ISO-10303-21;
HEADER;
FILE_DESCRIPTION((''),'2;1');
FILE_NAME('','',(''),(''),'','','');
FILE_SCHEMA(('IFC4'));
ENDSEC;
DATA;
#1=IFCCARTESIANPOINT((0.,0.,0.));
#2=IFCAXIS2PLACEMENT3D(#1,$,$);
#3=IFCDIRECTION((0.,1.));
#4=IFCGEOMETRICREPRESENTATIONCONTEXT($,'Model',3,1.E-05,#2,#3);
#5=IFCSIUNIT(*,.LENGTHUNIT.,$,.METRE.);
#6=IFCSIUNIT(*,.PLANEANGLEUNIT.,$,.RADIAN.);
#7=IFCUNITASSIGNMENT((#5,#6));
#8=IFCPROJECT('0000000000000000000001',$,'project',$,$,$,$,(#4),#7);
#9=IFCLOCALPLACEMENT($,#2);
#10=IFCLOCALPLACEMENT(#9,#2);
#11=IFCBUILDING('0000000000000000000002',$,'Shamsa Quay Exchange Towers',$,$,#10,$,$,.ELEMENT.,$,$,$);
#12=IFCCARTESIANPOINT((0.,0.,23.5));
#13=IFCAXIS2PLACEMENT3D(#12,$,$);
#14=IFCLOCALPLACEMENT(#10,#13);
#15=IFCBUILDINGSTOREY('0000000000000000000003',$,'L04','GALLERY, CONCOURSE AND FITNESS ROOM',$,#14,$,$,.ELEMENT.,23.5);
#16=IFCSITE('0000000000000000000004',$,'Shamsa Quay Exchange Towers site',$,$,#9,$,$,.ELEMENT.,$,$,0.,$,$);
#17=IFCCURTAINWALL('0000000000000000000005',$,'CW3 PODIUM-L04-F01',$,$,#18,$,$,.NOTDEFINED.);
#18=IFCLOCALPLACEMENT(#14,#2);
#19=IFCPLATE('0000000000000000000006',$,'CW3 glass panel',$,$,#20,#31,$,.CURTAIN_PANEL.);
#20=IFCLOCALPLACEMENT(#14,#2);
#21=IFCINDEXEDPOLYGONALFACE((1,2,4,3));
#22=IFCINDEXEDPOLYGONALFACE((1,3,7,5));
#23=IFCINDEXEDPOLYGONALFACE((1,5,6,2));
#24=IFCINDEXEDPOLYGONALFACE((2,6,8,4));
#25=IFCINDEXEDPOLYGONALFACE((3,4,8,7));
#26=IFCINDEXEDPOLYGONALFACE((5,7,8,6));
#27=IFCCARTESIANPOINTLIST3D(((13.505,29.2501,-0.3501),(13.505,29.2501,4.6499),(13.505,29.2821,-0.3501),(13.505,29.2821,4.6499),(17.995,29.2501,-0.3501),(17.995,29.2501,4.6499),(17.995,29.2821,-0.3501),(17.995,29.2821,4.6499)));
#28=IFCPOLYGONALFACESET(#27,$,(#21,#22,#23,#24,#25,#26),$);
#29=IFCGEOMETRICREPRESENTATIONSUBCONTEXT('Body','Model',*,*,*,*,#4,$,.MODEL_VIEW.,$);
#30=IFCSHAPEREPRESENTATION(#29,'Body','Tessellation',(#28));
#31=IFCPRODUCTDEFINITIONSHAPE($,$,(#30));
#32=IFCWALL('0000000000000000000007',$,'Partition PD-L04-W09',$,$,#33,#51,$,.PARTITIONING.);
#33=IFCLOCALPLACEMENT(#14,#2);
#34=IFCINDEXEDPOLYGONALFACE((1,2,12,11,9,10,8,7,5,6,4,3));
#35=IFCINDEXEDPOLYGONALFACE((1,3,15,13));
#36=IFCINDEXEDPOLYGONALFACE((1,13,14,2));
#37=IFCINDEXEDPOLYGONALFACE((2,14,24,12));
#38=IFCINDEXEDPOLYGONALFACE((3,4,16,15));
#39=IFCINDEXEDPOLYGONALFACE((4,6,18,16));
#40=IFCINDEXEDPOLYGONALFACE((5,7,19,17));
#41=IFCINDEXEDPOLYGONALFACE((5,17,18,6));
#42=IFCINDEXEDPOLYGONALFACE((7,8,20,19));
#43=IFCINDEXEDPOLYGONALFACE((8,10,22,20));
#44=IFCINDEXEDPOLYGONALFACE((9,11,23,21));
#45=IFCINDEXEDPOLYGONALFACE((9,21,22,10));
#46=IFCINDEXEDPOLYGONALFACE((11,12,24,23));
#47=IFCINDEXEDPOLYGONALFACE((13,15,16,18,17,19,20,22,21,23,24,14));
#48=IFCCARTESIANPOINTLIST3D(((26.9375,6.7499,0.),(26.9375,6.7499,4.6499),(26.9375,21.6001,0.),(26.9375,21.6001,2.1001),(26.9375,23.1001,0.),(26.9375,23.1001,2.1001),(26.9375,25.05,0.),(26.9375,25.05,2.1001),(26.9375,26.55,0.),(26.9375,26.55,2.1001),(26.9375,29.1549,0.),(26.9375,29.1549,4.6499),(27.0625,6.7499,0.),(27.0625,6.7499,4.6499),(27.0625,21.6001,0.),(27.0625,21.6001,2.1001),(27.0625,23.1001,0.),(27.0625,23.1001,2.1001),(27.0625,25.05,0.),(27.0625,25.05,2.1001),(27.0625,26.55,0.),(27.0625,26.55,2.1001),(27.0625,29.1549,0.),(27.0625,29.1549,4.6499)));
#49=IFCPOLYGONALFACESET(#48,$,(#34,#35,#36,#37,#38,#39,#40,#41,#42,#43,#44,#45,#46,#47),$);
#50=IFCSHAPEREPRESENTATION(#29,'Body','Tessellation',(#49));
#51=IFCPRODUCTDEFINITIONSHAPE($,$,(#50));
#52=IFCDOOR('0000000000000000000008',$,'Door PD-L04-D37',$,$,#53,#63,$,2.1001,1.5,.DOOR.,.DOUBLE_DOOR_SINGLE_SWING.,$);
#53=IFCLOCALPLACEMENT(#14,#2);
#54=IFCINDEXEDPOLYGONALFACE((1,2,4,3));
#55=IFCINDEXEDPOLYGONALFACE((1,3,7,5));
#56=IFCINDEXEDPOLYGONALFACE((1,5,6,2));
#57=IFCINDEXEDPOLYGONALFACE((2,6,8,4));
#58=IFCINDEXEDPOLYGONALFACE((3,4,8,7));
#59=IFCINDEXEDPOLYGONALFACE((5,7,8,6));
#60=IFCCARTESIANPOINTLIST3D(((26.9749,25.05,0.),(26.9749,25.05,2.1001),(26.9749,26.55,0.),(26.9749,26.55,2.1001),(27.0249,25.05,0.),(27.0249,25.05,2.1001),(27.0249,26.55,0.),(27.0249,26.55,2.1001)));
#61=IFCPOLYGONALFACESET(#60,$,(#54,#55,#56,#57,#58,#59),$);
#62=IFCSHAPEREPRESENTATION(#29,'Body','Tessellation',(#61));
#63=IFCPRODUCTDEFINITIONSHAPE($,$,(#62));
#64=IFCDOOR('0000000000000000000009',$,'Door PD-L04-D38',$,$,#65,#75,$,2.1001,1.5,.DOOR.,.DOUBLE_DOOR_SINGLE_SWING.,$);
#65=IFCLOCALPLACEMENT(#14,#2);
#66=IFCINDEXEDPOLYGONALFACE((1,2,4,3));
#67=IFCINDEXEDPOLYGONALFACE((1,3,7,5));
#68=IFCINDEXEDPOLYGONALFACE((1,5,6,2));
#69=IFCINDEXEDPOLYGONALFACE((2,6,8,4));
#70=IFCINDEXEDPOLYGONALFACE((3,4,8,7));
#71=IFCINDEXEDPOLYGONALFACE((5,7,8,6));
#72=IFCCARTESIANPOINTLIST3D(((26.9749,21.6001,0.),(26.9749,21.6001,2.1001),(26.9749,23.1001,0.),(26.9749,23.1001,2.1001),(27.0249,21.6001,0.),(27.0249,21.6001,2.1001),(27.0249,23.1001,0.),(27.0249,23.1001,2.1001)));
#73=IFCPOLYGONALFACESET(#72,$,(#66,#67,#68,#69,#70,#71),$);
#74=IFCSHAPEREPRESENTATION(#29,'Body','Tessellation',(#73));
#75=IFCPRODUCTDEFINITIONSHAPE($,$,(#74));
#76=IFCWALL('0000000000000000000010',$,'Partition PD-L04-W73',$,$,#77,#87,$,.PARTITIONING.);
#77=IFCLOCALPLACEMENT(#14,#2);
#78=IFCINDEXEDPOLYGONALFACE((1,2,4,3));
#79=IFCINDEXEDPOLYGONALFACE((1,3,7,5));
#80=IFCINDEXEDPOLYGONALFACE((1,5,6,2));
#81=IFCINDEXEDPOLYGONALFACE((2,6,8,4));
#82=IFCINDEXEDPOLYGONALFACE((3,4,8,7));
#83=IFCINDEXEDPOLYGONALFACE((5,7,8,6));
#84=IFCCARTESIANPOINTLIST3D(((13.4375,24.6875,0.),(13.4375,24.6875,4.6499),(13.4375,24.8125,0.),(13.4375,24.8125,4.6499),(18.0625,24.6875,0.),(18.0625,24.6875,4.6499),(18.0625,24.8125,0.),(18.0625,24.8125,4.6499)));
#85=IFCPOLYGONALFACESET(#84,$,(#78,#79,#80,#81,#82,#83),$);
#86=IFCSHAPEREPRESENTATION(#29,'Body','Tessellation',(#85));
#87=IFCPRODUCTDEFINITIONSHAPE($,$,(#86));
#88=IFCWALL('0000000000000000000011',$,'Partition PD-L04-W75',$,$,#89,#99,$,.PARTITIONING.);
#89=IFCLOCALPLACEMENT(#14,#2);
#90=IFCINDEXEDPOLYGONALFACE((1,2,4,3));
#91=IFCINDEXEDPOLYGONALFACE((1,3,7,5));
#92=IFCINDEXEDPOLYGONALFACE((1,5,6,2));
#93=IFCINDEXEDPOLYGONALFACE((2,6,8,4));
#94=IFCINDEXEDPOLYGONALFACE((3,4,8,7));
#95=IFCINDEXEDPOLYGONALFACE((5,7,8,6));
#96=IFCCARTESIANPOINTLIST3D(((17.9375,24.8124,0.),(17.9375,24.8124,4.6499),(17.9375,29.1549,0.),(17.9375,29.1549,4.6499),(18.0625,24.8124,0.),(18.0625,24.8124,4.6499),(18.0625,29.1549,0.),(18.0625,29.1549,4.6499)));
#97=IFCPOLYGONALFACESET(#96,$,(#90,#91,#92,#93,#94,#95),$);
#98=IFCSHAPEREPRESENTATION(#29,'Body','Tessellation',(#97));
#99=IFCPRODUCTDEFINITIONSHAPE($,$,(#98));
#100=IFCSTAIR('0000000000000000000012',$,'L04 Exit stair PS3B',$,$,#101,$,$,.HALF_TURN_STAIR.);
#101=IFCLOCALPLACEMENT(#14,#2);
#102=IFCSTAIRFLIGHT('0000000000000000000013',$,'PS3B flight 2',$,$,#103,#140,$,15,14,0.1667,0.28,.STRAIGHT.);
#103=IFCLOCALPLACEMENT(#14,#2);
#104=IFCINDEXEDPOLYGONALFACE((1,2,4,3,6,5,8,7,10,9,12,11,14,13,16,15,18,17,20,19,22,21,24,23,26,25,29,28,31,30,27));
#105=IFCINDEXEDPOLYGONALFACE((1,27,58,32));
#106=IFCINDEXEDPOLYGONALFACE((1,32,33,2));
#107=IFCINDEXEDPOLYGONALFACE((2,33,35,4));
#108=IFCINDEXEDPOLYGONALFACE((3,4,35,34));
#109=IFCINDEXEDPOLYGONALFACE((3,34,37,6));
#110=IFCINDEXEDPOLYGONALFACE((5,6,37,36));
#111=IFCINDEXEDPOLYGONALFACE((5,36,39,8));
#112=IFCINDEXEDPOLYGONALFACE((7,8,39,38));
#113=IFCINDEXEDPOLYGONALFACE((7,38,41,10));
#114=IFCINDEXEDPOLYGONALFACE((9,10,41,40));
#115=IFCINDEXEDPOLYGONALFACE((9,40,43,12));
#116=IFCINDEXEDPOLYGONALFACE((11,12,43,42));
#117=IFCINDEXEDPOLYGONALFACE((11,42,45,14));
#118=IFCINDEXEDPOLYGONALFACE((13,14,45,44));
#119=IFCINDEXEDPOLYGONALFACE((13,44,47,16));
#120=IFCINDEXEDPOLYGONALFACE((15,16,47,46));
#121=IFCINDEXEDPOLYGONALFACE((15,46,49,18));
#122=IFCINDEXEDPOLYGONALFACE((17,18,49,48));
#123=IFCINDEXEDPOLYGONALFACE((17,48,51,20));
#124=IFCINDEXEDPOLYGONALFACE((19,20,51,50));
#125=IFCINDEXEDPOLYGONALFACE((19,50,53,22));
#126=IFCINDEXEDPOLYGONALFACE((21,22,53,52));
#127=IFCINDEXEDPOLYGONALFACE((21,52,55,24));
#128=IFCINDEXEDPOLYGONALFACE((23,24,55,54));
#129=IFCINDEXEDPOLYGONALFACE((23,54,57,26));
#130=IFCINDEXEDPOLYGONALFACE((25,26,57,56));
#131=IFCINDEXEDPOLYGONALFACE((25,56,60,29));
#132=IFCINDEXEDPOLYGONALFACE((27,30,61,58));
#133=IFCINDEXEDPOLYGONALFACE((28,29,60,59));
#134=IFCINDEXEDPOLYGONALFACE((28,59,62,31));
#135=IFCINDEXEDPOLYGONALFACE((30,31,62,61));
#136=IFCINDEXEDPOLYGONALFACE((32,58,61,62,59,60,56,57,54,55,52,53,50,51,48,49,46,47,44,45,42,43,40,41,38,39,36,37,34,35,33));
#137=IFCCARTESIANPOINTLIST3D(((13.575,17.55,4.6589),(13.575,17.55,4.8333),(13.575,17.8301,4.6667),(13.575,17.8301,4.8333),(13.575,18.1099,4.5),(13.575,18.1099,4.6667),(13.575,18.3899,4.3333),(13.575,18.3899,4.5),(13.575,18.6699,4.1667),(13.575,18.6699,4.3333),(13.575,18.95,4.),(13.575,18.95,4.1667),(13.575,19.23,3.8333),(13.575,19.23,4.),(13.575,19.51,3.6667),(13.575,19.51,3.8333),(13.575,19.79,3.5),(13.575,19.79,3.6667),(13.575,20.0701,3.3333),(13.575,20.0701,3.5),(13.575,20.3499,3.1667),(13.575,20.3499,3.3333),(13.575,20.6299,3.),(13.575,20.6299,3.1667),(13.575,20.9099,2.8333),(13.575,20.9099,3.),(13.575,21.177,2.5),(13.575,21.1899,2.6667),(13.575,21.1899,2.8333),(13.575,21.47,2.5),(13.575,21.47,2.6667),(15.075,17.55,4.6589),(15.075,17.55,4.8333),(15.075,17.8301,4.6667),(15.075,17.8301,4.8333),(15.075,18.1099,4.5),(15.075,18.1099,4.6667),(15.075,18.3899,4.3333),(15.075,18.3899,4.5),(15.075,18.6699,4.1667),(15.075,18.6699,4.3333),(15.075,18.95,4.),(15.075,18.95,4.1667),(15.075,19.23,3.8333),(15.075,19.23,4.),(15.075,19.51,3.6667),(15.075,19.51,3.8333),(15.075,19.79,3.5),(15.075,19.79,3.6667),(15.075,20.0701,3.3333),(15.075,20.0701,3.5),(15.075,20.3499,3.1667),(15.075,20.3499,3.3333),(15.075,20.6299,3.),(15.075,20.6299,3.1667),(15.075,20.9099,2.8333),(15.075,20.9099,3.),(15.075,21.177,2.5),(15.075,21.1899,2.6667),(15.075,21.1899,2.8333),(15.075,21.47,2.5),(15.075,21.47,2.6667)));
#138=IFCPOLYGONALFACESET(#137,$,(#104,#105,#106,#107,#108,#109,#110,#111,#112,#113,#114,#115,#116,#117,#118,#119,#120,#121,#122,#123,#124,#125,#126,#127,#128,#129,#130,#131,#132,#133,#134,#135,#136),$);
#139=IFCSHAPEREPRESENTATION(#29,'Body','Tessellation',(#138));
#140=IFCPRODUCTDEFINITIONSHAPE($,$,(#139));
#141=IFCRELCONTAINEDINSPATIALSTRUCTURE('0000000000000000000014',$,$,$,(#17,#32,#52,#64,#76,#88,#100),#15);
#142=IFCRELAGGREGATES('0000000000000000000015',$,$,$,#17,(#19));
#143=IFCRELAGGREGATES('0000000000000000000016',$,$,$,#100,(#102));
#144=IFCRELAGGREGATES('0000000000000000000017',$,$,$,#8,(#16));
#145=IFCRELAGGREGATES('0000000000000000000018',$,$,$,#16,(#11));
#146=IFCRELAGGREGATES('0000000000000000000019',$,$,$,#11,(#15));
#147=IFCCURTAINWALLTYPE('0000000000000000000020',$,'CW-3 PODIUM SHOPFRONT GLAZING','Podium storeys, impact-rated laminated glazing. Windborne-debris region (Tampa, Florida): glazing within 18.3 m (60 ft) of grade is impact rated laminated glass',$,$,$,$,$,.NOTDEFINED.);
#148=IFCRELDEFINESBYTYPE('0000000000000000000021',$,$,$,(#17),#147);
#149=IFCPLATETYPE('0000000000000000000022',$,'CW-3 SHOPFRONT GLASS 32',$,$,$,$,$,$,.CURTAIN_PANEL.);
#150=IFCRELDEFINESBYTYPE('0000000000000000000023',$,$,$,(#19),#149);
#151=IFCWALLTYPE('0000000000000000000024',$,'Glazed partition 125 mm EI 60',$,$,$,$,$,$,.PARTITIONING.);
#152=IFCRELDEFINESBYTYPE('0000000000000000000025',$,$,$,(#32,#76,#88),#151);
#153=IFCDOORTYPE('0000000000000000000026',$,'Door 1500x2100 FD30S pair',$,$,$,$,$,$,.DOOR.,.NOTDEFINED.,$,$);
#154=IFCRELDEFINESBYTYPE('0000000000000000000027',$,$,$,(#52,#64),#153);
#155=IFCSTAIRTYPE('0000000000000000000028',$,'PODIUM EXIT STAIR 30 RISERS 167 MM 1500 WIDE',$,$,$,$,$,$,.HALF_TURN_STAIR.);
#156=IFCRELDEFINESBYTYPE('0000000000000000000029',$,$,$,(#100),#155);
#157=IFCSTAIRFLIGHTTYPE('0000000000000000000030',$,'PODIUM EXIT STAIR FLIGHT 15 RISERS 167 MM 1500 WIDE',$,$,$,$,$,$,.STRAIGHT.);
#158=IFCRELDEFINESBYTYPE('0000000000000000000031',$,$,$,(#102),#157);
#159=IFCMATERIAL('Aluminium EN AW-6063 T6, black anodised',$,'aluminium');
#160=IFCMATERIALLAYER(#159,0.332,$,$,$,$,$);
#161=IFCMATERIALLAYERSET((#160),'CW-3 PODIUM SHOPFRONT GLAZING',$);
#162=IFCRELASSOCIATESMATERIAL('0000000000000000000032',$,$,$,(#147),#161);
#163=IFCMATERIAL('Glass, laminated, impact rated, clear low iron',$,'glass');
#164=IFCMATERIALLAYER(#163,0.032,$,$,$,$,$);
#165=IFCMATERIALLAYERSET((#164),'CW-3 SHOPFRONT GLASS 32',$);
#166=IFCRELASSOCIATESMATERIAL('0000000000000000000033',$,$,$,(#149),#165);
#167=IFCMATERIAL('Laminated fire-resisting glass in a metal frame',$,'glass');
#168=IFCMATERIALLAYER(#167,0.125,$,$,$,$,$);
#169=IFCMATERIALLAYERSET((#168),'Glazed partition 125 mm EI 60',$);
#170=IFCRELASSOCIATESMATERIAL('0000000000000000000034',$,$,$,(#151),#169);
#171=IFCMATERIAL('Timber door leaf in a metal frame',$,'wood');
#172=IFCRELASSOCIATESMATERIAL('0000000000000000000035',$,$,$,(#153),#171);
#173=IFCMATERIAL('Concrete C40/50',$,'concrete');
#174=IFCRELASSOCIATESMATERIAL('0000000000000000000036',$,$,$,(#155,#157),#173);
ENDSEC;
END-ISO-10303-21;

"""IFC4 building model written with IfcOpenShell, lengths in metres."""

from ifc_helpers import new_model, si_unit, direction, frame, frame_2d, origin, origin_2d, place, context, subcontext, project, spatial, polyline, rectangle, outline, extrude, material, layer, layer_set, type_object, element, fill, aggregate, save


model = new_model("IFC4")

# Units and contexts
model_context = context("Model", 3, precision=1e-05, world=origin(), true_north=direction((0.0, 1.0)))
body_context = subcontext(model_context, "Body", "Model", "MODEL_VIEW")
ifc_project = project(units=[si_unit("LENGTHUNIT", "METRE"), si_unit("PLANEANGLEUNIT", "RADIAN")], contexts=[model_context])

# Site, building, storey
site_placement = place(None, origin())
site = spatial("IfcSite", under=ifc_project, at=site_placement, Name="Shamsa Quay Exchange Towers site", CompositionType="ELEMENT", RefElevation=0.0)
building_placement = place(site_placement, origin())
building = spatial("IfcBuilding", under=site, at=building_placement, Name="Shamsa Quay Exchange Towers", CompositionType="ELEMENT")
storey_placement = place(building_placement, frame((0.0, 0.0, 23.5)))
storey = spatial("IfcBuildingStorey", under=building, at=storey_placement, Name="L04", Description="GALLERY, CONCOURSE AND FITNESS ROOM", CompositionType="ELEMENT", Elevation=23.5)

# Curtain wall, plate
ifc_material_1 = material(Name="Aluminium EN AW-6063 T6, black anodised", Category="aluminium")
ifc_layer_1 = layer(ifc_material_1, 0.332)
ifc_layer_set_1 = layer_set([ifc_layer_1], Name="CW-3 PODIUM SHOPFRONT GLAZING")
curtain_wall_type = type_object("IfcCurtainWallType", Name="CW-3 PODIUM SHOPFRONT GLAZING", Description="Podium storeys, impact-rated laminated glazing. Windborne-debris region (Tampa, Florida): glazing within 18.3 m (60 ft) of grade is impact rated laminated glass", PredefinedType="NOTDEFINED", material=ifc_layer_set_1)
curtain_wall_placement = place(storey_placement, origin())
curtain_wall = element("IfcCurtainWall", 1, at=curtain_wall_placement, inside=storey, type_object=curtain_wall_type, Name="CW3 PODIUM-L04-F01", PredefinedType="NOTDEFINED")
ifc_material_2 = material(Name="Glass, laminated, impact rated, clear low iron", Category="glass")
ifc_layer_2 = layer(ifc_material_2, 0.032)
ifc_layer_set_2 = layer_set([ifc_layer_2], Name="CW-3 SHOPFRONT GLASS 32")
plate_type = type_object("IfcPlateType", Name="CW-3 SHOPFRONT GLASS 32", PredefinedType="CURTAIN_PANEL", material=ifc_layer_set_2)
plate_1_placement = place(storey_placement, frame((15.75, 29.2661, -0.3501), z_axis=(0.0, 0.0, 1.0), x_axis=(-1.0, 0.0, 0.0)))
plate_1 = element("IfcPlate", 2, at=plate_1_placement, type_object=plate_type, Name="CW3 glass panel", PredefinedType="CURTAIN_PANEL", context=body_context, shape_type="SweptSolid", body=[
    extrude(rectangle(XDim=4.49, YDim=0.032, at=origin_2d()), origin(), (0.0, 0.0, 1.0), 5.0),
])
aggregate(curtain_wall, [plate_1])

# Wall, openings, doors
ifc_material_3 = material(Name="Laminated fire-resisting glass in a metal frame", Category="glass")
ifc_layer_3 = layer(ifc_material_3, 0.125)
ifc_layer_set_3 = layer_set([ifc_layer_3], Name="Glazed partition 125 mm EI 60")
wall_type = type_object("IfcWallType", Name="Glazed partition 125 mm EI 60", PredefinedType="PARTITIONING", material=ifc_layer_set_3)
wall_1_placement = place(storey_placement, frame((27.0, 29.155, 0.0), z_axis=(0.0, 0.0, 1.0), x_axis=(0.0, -1.0, 0.0)))
wall_1 = element("IfcWall", 3, at=wall_1_placement, inside=storey, type_object=wall_type, Name="Partition PD-L04-W09", PredefinedType="PARTITIONING", context=body_context, shape_type="SweptSolid", body=[
    extrude(rectangle(XDim=22.405, YDim=0.125, at=frame_2d((11.2026, 0.0))), origin(), (0.0, 0.0, 1.0), 4.6499),
])
opening_1_placement = place(wall_1_placement, frame((2.605, 0.0, 0.0)))
opening_1 = element("IfcOpeningElement", 4, at=opening_1_placement, cuts=wall_1, PredefinedType="OPENING", context=body_context, shape_type="SweptSolid", body=[
    extrude(rectangle(XDim=1.5, YDim=2.1001, at=frame_2d((0.75, 1.05))), frame((0.0, 0.0725, 0.0), z_axis=(0.0, -1.0, 0.0), x_axis=(1.0, 0.0, 0.0)), (0.0, 0.0, 1.0), 0.145),
])
opening_2_placement = place(wall_1_placement, frame((6.0549, 0.0, 0.0)))
opening_2 = element("IfcOpeningElement", 5, at=opening_2_placement, cuts=wall_1, PredefinedType="OPENING", context=body_context, shape_type="SweptSolid", body=[
    extrude(rectangle(XDim=1.5, YDim=2.1001, at=frame_2d((0.75, 1.05))), frame((0.0, 0.0725, 0.0), z_axis=(0.0, -1.0, 0.0), x_axis=(1.0, 0.0, 0.0)), (0.0, 0.0, 1.0), 0.145),
])
ifc_material_4 = material(Name="Timber door leaf in a metal frame", Category="wood")
door_type = type_object("IfcDoorType", Name="Door 1500x2100 FD30S pair", OperationType="NOTDEFINED", PredefinedType="DOOR", material=ifc_material_4)
door_1_placement = place(opening_1_placement, origin())
door_1 = element("IfcDoor", 6, at=door_1_placement, inside=storey, type_object=door_type, Name="Door PD-L04-D37", OperationType="DOUBLE_DOOR_SINGLE_SWING", OverallHeight=2.1001, OverallWidth=1.5, PredefinedType="DOOR", context=body_context, shape_type="SweptSolid", body=[
    extrude(rectangle(XDim=1.5, YDim=2.1001, at=frame_2d((0.75, 1.05))), frame((0.0, 0.0249, 0.0), z_axis=(0.0, -1.0, 0.0), x_axis=(1.0, 0.0, 0.0)), (0.0, 0.0, 1.0), 0.05),
])
fill(opening_1, door_1)
door_2_placement = place(opening_2_placement, origin())
door_2 = element("IfcDoor", 7, at=door_2_placement, inside=storey, type_object=door_type, Name="Door PD-L04-D38", OperationType="DOUBLE_DOOR_SINGLE_SWING", OverallHeight=2.1001, OverallWidth=1.5, PredefinedType="DOOR", context=body_context, shape_type="SweptSolid", body=[
    extrude(rectangle(XDim=1.5, YDim=2.1001, at=frame_2d((0.75, 1.05))), frame((0.0, 0.0249, 0.0), z_axis=(0.0, -1.0, 0.0), x_axis=(1.0, 0.0, 0.0)), (0.0, 0.0, 1.0), 0.05),
])
fill(opening_2, door_2)

# Walls
wall_2_placement = place(storey_placement, frame((18.0625, 24.75, 0.0), z_axis=(0.0, 0.0, 1.0), x_axis=(-1.0, 0.0, 0.0)))
element("IfcWall", 8, at=wall_2_placement, inside=storey, type_object=wall_type, Name="Partition PD-L04-W73", PredefinedType="PARTITIONING", context=body_context, shape_type="SweptSolid", body=[
    extrude(rectangle(XDim=4.625, YDim=0.125, at=frame_2d((2.3125, 0.0))), origin(), (0.0, 0.0, 1.0), 4.6499),
])
wall_3_placement = place(storey_placement, frame((18.0, 29.155, 0.0), z_axis=(0.0, 0.0, 1.0), x_axis=(0.0, -1.0, 0.0)))
element("IfcWall", 9, at=wall_3_placement, inside=storey, type_object=wall_type, Name="Partition PD-L04-W75", PredefinedType="PARTITIONING", context=body_context, shape_type="SweptSolid", body=[
    extrude(rectangle(XDim=4.3425, YDim=0.125, at=frame_2d((2.1714, 0.0))), origin(), (0.0, 0.0, 1.0), 4.6499),
])

# Stair, stair flight
ifc_material_5 = material(Name="Concrete C40/50", Category="concrete")
stair_type = type_object("IfcStairType", Name="PODIUM EXIT STAIR 30 RISERS 167 MM 1500 WIDE", PredefinedType="HALF_TURN_STAIR", material=ifc_material_5)
stair_placement = place(storey_placement, origin())
stair = element("IfcStair", 10, at=stair_placement, inside=storey, type_object=stair_type, Name="L04 Exit stair PS3B", PredefinedType="HALF_TURN_STAIR")
stair_flight_type = type_object("IfcStairFlightType", Name="PODIUM EXIT STAIR FLIGHT 15 RISERS 167 MM 1500 WIDE", PredefinedType="STRAIGHT", material=ifc_material_5)
stair_flight_placement = place(storey_placement, frame((14.325, 21.47, 2.5), z_axis=(0.0, 0.0, 1.0), x_axis=(0.0, -1.0, 0.0)))
stair_flight = element("IfcStairFlight", 11, at=stair_flight_placement, type_object=stair_flight_type, Name="PS3B flight 2", NumberOfRisers=15, NumberOfTreads=14, PredefinedType="STRAIGHT", RiserHeight=0.1667, TreadLength=0.28, context=body_context, shape_type="SweptSolid", body=[
    extrude(outline(polyline([(0.0, 0.0), (0.0, 0.1667), (0.28, 0.1667), (0.28, 0.3333), (0.5601, 0.3333), (0.5601, 0.5), (0.8401, 0.5), (0.8401, 0.6667), (1.1201, 0.6667), (1.1201, 0.8333), (1.3999, 0.8333), (1.3999, 1.0), (1.6799, 1.0), (1.6799, 1.1667), (1.96, 1.1667), (1.96, 1.3333), (2.24, 1.3333), (2.24, 1.5), (2.52, 1.5), (2.52, 1.6667), (2.8, 1.6667), (2.8, 1.8333), (3.0801, 1.8333), (3.0801, 2.0), (3.3601, 2.0), (3.3601, 2.1667), (3.6399, 2.1667), (3.6399, 2.3333), (3.9199, 2.3333), (3.9199, 2.5), (3.9199, 2.1589), (0.293, 0.0), (0.0, 0.0)])), frame((0.0, 0.75, 0.0), z_axis=(0.0, -1.0, 0.0), x_axis=(1.0, 0.0, 0.0)), (0.0, 0.0, 1.0), 1.5),
])
aggregate(stair, [stair_flight])

save(model, "model.ifc")
